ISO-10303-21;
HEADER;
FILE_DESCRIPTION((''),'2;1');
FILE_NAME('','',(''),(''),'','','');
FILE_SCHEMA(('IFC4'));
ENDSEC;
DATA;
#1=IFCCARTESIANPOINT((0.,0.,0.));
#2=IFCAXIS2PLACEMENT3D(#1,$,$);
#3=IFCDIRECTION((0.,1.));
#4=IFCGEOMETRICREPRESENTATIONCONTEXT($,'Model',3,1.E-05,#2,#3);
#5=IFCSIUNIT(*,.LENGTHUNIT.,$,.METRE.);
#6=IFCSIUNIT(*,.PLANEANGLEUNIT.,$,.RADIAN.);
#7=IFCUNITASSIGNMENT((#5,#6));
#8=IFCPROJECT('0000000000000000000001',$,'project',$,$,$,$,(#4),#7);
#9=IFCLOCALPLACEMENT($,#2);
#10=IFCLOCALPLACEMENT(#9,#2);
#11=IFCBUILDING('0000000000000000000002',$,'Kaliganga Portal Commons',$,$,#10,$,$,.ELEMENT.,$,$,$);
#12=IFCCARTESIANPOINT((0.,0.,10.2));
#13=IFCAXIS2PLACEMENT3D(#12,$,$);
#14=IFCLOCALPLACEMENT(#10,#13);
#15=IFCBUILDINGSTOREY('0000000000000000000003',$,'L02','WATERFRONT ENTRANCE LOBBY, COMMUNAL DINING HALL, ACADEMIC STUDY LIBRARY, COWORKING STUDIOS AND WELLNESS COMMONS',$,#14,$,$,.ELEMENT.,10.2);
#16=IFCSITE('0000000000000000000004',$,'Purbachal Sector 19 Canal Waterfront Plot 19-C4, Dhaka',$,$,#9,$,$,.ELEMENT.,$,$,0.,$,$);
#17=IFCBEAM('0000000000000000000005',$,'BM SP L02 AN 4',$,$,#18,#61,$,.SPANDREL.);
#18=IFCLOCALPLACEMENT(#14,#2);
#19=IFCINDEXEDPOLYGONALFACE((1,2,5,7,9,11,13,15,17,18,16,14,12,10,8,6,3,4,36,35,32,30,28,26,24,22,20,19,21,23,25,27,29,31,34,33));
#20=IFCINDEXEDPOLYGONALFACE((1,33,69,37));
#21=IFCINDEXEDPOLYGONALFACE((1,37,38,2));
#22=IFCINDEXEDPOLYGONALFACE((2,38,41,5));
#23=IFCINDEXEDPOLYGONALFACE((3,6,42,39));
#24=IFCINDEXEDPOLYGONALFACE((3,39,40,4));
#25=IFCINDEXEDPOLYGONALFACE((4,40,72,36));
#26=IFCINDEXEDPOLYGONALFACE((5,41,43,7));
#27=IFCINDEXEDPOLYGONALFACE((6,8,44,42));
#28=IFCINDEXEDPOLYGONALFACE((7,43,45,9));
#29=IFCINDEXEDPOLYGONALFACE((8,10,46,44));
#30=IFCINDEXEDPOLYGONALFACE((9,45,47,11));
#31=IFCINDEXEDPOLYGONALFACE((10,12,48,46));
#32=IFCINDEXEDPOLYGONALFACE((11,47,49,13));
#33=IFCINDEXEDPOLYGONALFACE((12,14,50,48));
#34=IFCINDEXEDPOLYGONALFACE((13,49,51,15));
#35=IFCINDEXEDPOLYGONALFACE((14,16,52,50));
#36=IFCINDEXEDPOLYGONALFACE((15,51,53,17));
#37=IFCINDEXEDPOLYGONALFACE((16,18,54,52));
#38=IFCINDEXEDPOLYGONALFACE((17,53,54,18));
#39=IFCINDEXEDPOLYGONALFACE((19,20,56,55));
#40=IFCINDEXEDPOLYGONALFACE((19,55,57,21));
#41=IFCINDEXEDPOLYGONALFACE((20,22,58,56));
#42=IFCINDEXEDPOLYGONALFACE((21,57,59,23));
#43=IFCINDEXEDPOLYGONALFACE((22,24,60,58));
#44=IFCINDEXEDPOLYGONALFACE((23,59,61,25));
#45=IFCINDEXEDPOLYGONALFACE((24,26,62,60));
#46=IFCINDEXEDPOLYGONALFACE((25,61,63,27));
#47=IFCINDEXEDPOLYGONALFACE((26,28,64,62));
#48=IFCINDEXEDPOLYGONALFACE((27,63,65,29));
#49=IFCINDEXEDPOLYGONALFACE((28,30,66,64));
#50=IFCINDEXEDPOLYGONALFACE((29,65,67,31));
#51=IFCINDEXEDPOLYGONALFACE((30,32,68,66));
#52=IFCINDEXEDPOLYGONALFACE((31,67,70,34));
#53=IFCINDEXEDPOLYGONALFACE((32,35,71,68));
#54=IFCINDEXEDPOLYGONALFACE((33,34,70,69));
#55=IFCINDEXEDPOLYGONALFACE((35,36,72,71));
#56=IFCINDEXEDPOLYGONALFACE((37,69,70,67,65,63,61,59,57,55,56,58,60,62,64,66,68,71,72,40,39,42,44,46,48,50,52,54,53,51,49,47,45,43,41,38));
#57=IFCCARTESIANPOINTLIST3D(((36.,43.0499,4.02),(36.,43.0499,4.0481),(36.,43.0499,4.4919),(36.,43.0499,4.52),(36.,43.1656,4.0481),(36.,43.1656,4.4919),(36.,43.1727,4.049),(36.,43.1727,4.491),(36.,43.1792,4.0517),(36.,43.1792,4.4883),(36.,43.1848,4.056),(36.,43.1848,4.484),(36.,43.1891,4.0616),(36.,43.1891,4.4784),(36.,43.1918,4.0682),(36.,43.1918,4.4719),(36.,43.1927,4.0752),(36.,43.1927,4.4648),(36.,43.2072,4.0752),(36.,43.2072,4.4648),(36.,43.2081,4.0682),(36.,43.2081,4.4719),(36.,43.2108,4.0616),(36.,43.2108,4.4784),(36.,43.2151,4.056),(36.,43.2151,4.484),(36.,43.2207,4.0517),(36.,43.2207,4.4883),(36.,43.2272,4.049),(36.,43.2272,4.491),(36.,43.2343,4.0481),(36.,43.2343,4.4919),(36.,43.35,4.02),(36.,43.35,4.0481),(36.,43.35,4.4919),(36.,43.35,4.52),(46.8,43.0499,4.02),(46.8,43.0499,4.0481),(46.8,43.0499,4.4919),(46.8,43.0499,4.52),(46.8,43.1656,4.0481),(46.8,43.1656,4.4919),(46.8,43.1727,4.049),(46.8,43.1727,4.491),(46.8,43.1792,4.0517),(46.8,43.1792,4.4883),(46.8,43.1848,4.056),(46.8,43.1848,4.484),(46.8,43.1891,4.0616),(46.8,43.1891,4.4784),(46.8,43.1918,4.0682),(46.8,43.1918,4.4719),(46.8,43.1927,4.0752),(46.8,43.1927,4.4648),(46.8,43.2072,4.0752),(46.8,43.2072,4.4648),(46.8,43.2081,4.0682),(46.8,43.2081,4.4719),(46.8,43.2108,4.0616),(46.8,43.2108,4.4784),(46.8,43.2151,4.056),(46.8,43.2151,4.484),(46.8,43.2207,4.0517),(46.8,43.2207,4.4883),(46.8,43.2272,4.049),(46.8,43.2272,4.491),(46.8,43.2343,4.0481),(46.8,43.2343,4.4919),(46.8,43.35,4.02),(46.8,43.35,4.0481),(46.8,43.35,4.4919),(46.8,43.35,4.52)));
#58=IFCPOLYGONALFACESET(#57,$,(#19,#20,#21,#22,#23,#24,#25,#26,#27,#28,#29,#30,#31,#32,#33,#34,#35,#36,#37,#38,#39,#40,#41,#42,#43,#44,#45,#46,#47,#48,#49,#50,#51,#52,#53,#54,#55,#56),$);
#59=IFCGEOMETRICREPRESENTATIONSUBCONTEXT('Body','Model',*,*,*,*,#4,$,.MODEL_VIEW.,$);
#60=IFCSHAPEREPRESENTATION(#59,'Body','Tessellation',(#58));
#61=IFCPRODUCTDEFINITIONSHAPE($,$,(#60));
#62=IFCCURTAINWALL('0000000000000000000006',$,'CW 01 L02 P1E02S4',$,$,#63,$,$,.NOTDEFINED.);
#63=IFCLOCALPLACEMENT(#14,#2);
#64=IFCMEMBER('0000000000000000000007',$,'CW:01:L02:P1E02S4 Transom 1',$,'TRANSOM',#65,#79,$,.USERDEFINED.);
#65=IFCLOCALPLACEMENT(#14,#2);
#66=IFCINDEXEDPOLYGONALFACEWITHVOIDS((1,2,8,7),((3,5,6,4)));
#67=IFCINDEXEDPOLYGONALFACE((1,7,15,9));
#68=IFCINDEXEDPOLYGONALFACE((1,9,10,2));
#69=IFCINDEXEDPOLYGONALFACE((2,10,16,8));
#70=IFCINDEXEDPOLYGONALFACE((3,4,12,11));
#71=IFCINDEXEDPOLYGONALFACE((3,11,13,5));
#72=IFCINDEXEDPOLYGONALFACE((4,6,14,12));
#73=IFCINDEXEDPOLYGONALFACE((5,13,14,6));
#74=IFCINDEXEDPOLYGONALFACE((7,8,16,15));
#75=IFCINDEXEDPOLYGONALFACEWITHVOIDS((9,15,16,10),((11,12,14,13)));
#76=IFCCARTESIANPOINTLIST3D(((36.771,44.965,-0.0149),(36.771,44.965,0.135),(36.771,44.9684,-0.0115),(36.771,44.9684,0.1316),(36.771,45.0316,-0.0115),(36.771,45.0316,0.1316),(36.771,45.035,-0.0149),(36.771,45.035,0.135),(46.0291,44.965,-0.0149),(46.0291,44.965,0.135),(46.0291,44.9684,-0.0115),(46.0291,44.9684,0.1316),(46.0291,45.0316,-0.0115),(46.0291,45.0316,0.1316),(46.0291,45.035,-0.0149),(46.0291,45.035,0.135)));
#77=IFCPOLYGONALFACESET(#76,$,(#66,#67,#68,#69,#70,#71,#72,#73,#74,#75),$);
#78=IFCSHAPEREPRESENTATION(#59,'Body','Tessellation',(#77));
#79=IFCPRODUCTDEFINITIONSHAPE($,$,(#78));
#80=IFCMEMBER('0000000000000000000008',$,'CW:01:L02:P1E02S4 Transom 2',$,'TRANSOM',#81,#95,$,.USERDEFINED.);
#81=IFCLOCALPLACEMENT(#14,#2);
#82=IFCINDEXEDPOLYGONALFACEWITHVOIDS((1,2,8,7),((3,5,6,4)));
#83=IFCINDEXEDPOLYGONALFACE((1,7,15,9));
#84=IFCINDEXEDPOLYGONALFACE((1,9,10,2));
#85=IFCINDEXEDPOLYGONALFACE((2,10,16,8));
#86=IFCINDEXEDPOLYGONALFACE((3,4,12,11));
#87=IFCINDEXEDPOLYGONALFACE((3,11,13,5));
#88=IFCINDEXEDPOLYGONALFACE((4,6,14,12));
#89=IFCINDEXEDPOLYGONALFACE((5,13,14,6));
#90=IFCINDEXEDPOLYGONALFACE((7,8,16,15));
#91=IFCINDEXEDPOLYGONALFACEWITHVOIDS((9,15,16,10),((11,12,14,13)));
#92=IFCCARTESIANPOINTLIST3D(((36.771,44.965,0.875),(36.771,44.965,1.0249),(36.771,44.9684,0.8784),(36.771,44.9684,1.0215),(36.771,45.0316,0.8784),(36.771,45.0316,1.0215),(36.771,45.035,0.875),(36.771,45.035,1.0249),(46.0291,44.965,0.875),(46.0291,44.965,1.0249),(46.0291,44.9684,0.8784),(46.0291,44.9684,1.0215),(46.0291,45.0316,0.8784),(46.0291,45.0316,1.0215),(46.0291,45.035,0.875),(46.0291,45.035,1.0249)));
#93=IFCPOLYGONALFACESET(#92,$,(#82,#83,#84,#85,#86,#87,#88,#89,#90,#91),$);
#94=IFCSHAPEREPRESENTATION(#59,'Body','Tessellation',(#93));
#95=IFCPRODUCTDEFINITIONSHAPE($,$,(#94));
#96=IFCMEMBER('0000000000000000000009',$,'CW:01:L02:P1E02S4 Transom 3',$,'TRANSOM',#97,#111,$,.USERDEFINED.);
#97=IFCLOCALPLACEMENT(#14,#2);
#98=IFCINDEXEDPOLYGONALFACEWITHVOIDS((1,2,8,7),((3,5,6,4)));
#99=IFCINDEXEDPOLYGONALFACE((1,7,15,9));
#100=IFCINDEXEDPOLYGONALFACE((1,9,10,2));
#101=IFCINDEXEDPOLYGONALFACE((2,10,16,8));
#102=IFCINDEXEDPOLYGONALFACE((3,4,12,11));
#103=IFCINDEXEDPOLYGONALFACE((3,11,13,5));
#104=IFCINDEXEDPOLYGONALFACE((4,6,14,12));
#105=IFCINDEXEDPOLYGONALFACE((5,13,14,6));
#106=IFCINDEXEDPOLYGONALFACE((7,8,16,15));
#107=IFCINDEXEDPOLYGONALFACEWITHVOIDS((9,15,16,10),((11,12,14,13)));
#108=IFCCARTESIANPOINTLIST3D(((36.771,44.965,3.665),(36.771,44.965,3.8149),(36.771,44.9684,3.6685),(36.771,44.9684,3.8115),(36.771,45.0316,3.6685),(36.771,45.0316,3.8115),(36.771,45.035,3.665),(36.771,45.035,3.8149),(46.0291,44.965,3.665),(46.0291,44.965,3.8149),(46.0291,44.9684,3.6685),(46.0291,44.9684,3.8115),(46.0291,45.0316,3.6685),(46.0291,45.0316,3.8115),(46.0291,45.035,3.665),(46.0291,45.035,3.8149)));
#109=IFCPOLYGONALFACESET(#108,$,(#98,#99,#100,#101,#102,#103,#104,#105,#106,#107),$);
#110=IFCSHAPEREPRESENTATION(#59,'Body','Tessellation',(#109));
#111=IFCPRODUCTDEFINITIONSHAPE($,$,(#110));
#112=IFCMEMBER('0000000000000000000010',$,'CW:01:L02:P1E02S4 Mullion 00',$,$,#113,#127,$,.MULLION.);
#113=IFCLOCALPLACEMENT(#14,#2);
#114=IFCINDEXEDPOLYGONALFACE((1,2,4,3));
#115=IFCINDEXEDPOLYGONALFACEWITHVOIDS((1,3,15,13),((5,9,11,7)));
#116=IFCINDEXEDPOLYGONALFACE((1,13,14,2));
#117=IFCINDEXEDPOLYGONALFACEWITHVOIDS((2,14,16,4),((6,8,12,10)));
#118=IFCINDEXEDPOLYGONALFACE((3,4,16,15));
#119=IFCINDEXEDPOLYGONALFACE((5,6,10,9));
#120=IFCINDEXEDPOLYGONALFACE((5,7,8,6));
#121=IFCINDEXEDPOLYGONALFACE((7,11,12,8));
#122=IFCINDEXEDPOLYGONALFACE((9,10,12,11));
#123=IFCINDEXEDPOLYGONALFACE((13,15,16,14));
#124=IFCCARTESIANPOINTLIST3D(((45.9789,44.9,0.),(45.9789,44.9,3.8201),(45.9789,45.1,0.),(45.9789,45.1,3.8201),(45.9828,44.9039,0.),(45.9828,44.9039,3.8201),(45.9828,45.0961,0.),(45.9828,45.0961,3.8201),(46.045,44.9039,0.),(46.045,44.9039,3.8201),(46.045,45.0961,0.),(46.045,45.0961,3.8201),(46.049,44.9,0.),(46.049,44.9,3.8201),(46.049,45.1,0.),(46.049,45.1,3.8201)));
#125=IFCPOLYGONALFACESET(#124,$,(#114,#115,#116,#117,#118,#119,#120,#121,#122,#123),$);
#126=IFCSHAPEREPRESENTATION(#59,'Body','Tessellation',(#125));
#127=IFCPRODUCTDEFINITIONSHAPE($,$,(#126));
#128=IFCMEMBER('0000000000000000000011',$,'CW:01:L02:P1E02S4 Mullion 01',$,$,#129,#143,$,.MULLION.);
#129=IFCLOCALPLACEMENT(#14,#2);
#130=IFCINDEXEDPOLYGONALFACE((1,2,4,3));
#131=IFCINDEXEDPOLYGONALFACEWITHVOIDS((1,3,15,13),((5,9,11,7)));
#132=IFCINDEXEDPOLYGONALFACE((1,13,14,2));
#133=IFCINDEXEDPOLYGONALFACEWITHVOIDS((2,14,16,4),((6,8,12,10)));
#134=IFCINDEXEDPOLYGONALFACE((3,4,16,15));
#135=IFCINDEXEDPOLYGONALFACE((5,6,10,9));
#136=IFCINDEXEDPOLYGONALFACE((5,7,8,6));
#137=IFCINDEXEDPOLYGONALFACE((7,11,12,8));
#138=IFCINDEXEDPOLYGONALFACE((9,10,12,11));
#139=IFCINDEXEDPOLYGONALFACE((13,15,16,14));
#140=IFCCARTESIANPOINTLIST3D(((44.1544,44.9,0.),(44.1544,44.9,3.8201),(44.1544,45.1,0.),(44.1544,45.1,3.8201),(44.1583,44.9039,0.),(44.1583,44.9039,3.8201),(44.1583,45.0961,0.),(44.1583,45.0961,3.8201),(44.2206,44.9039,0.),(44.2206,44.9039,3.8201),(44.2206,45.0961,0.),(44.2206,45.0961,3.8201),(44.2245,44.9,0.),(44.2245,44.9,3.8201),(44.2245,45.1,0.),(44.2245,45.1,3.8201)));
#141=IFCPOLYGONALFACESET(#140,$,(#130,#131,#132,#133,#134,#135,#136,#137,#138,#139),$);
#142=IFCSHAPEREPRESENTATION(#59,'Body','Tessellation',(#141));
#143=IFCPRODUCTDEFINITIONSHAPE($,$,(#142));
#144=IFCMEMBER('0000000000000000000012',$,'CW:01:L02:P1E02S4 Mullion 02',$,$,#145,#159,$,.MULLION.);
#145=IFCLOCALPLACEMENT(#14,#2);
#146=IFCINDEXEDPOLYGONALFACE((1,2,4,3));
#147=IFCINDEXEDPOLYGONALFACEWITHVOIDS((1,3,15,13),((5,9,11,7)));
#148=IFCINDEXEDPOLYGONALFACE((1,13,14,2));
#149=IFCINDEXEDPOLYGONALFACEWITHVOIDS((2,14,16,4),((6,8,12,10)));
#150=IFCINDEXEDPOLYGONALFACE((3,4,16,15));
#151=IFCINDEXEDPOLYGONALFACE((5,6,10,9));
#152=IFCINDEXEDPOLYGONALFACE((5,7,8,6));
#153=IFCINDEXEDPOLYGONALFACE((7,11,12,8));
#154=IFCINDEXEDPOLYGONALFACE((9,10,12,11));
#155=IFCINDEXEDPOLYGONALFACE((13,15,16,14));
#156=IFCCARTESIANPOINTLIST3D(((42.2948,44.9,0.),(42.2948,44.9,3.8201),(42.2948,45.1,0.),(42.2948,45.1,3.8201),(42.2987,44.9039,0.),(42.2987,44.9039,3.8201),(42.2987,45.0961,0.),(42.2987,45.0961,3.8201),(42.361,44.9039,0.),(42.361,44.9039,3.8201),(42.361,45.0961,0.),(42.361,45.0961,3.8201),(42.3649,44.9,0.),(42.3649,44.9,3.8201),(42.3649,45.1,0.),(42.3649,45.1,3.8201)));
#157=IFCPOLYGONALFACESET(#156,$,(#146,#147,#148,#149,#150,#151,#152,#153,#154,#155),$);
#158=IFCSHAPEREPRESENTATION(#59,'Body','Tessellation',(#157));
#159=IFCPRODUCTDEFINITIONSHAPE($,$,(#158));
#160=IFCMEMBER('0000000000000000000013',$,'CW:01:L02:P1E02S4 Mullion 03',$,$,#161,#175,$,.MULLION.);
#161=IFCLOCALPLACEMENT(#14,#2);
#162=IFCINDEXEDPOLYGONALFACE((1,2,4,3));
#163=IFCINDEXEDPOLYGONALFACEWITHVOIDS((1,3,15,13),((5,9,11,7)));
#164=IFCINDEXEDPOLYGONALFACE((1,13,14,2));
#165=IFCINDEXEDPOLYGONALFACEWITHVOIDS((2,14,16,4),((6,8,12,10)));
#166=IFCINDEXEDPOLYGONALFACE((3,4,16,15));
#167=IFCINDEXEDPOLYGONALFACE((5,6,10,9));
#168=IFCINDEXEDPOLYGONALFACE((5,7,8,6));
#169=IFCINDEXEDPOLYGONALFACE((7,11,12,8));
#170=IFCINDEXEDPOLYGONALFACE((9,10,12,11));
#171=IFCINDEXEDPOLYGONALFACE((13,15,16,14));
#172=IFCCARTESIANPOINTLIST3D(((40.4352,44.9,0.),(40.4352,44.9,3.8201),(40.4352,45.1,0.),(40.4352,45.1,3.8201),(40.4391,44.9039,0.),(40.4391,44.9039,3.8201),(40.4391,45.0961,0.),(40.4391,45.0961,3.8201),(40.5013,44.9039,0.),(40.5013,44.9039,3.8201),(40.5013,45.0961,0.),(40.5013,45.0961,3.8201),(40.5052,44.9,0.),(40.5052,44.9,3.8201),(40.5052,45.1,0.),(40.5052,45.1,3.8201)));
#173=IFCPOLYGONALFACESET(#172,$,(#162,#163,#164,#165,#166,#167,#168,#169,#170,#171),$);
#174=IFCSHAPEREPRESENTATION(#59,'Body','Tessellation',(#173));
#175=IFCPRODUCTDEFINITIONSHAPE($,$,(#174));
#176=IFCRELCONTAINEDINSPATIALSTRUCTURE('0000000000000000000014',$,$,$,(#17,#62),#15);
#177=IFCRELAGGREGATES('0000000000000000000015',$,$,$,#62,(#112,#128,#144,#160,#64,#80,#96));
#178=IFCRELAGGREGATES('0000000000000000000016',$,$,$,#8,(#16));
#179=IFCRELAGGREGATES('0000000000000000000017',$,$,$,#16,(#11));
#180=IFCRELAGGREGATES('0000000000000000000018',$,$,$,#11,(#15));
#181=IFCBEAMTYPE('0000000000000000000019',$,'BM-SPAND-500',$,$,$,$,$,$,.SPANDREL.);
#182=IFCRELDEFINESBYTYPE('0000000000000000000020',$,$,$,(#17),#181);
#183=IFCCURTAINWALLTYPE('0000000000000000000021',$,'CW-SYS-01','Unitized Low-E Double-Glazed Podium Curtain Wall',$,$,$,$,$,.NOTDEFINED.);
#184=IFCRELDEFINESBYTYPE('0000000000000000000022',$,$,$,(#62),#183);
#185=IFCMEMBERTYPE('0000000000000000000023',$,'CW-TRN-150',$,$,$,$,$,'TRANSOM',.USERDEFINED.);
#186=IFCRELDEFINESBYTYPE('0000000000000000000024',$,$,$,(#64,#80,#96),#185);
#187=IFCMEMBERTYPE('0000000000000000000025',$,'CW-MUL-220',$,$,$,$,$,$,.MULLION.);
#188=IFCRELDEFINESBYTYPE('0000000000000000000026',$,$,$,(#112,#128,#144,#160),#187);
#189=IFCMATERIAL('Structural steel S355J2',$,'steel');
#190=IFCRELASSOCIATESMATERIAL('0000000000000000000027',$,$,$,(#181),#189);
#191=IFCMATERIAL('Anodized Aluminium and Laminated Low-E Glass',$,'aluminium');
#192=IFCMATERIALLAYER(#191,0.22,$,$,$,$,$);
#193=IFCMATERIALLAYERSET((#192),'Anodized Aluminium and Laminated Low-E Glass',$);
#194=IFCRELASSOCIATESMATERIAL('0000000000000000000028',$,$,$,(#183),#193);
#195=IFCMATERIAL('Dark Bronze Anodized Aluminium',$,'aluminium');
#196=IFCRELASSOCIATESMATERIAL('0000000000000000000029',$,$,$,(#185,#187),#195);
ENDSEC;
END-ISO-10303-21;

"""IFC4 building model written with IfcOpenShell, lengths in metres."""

from ifc_helpers import new_model, si_unit, direction, frame, origin, origin_2d, place, context, subcontext, project, spatial, hollow_rectangle, i_section, extrude, source, transform, mapped, material, layer, layer_set, material_profile, profile_set, type_object, element, aggregate, save


model = new_model("IFC4")

# Units and contexts
model_context = context("Model", 3, precision=1e-05, world=origin(), true_north=direction((0.0, 1.0)))
body_context = subcontext(model_context, "Body", "Model", "MODEL_VIEW")
ifc_project = project(units=[si_unit("LENGTHUNIT", "METRE"), si_unit("PLANEANGLEUNIT", "RADIAN")], contexts=[model_context])

# Site, building, storey
site_placement = place(None, origin())
site = spatial("IfcSite", under=ifc_project, at=site_placement, Name="Purbachal Sector 19 Canal Waterfront Plot 19-C4, Dhaka", CompositionType="ELEMENT", RefElevation=0.0)
building_placement = place(site_placement, origin())
building = spatial("IfcBuilding", under=site, at=building_placement, Name="Kaliganga Portal Commons", CompositionType="ELEMENT")
storey_placement = place(building_placement, frame((0.0, 0.0, 10.2)))
storey = spatial("IfcBuildingStorey", under=building, at=storey_placement, Name="L02", Description="WATERFRONT ENTRANCE LOBBY, COMMUNAL DINING HALL, ACADEMIC STUDY LIBRARY, COWORKING STUDIOS AND WELLNESS COMMONS", CompositionType="ELEMENT", Elevation=10.2)

# Beam
ifc_material_1 = material(Name="Structural steel S355J2", Category="steel")
ifc_material_profile_1 = material_profile(ifc_material_1, i_section(OverallWidth=0.3, OverallDepth=0.5, WebThickness=0.0144, FlangeThickness=0.0281, FilletRadius=0.0271, at=origin_2d()), Name="HE 500 B")
ifc_profile_set_1 = profile_set([ifc_material_profile_1], Name="Structural steel S355J2 wide-flange")
beam_type_1 = type_object("IfcBeamType", Name="BM-SPAND-500", PredefinedType="SPANDREL", material=ifc_profile_set_1)
shared_shape_1 = source(origin(), body_context, "Body", "SweptSolid", [
    extrude(i_section(OverallWidth=0.3, OverallDepth=0.5, WebThickness=0.0144, FlangeThickness=0.0281, FilletRadius=0.0271, at=origin_2d()), origin(), (0.0, 0.0, 1.0), 10.8),
])
beam_1_placement = place(storey_placement, frame((36.0, 43.2, 4.27), z_axis=(1.0, 0.0, 0.0), x_axis=(0.0, 1.0, 0.0)))
element("IfcBeam", 1, at=beam_1_placement, inside=storey, type_object=beam_type_1, Name="BM SP L02 AN 4", PredefinedType="SPANDREL", context=body_context, shape_type="MappedRepresentation", body=[
    mapped(shared_shape_1, transform((0.0, 0.0, 0.0), x_axis=(1.0, 0.0, 0.0), y_axis=(0.0, 1.0, 0.0), z_axis=(0.0, 0.0, 1.0), scale=1.0)),
])

# Curtain wall, members
ifc_material_2 = material(Name="Anodized Aluminium and Laminated Low-E Glass", Category="aluminium")
ifc_layer_1 = layer(ifc_material_2, 0.22)
ifc_layer_set_1 = layer_set([ifc_layer_1], Name="Anodized Aluminium and Laminated Low-E Glass")
curtain_wall_type = type_object("IfcCurtainWallType", Name="CW-SYS-01", Description="Unitized Low-E Double-Glazed Podium Curtain Wall", PredefinedType="NOTDEFINED", material=ifc_layer_set_1)
curtain_wall_placement = place(storey_placement, origin())
curtain_wall = element("IfcCurtainWall", 2, at=curtain_wall_placement, inside=storey, type_object=curtain_wall_type, Name="CW 01 L02 P1E02S4", PredefinedType="NOTDEFINED")
ifc_material_3 = material(Name="Dark Bronze Anodized Aluminium", Category="aluminium")
ifc_material_profile_2 = material_profile(ifc_material_3, hollow_rectangle(XDim=0.0701, YDim=0.1499, WallThickness=0.0034, at=origin_2d()), Name="ALU TRAN 70x150x3.5")
ifc_profile_set_2 = profile_set([ifc_material_profile_2], Name="Dark Bronze Anodized Aluminium")
member_type_1 = type_object("IfcMemberType", Name="CW-TRN-150", ElementType="TRANSOM", PredefinedType="USERDEFINED", material=ifc_profile_set_2)
shared_shape_2 = source(origin(), body_context, "Body", "SweptSolid", [
    extrude(hollow_rectangle(XDim=0.0701, YDim=0.1499, WallThickness=0.0034, at=origin_2d()), origin(), (0.0, 0.0, 1.0), 9.2581),
])
member_1_placement = place(storey_placement, frame((46.0291, 45.0, 0.0601), z_axis=(-1.0, 0.0, 0.0), x_axis=(0.0, -1.0, 0.0)))
member_1 = element("IfcMember", 3, at=member_1_placement, type_object=member_type_1, Name="CW:01:L02:P1E02S4 Transom 1", ObjectType="TRANSOM", PredefinedType="USERDEFINED", context=body_context, shape_type="MappedRepresentation", body=[
    mapped(shared_shape_2, transform((0.0, 0.0, 0.0), x_axis=(1.0, 0.0, 0.0), y_axis=(0.0, 1.0, 0.0), z_axis=(0.0, 0.0, 1.0), scale=1.0)),
])
member_2_placement = place(storey_placement, frame((46.0291, 45.0, 0.95), z_axis=(-1.0, 0.0, 0.0), x_axis=(0.0, -1.0, 0.0)))
member_2 = element("IfcMember", 4, at=member_2_placement, type_object=member_type_1, Name="CW:01:L02:P1E02S4 Transom 2", ObjectType="TRANSOM", PredefinedType="USERDEFINED", context=body_context, shape_type="MappedRepresentation", body=[
    mapped(shared_shape_2, transform((0.0, 0.0, 0.0), x_axis=(1.0, 0.0, 0.0), y_axis=(0.0, 1.0, 0.0), z_axis=(0.0, 0.0, 1.0), scale=1.0)),
])
member_3_placement = place(storey_placement, frame((46.0291, 45.0, 3.74), z_axis=(-1.0, 0.0, 0.0), x_axis=(0.0, -1.0, 0.0)))
member_3 = element("IfcMember", 5, at=member_3_placement, type_object=member_type_1, Name="CW:01:L02:P1E02S4 Transom 3", ObjectType="TRANSOM", PredefinedType="USERDEFINED", context=body_context, shape_type="MappedRepresentation", body=[
    mapped(shared_shape_2, transform((0.0, 0.0, 0.0), x_axis=(1.0, 0.0, 0.0), y_axis=(0.0, 1.0, 0.0), z_axis=(0.0, 0.0, 1.0), scale=1.0)),
])
ifc_material_profile_3 = material_profile(ifc_material_3, hollow_rectangle(XDim=0.0701, YDim=0.2, WallThickness=0.0039, at=origin_2d()), Name="ALU MULL 70x200x4")
ifc_profile_set_3 = profile_set([ifc_material_profile_3], Name="Dark Bronze Anodized Aluminium")
member_type_2 = type_object("IfcMemberType", Name="CW-MUL-220", PredefinedType="MULLION", material=ifc_profile_set_3)
shared_shape_3 = source(origin(), body_context, "Body", "SweptSolid", [
    extrude(hollow_rectangle(XDim=0.0701, YDim=0.2, WallThickness=0.0039, at=origin_2d()), origin(), (0.0, 0.0, 1.0), 3.8201),
])
member_4_placement = place(storey_placement, frame((46.0139, 45.0, 0.0), z_axis=(0.0, 0.0, 1.0), x_axis=(-1.0, 0.0, 0.0)))
member_4 = element("IfcMember", 6, at=member_4_placement, type_object=member_type_2, Name="CW:01:L02:P1E02S4 Mullion 00", PredefinedType="MULLION", context=body_context, shape_type="MappedRepresentation", body=[
    mapped(shared_shape_3, transform((0.0, 0.0, 0.0), x_axis=(1.0, 0.0, 0.0), y_axis=(0.0, 1.0, 0.0), z_axis=(0.0, 0.0, 1.0), scale=1.0)),
])
member_5_placement = place(storey_placement, frame((44.1895, 45.0, 0.0), z_axis=(0.0, 0.0, 1.0), x_axis=(-1.0, 0.0, 0.0)))
member_5 = element("IfcMember", 7, at=member_5_placement, type_object=member_type_2, Name="CW:01:L02:P1E02S4 Mullion 01", PredefinedType="MULLION", context=body_context, shape_type="MappedRepresentation", body=[
    mapped(shared_shape_3, transform((0.0, 0.0, 0.0), x_axis=(1.0, 0.0, 0.0), y_axis=(0.0, 1.0, 0.0), z_axis=(0.0, 0.0, 1.0), scale=1.0)),
])
member_6_placement = place(storey_placement, frame((42.3298, 45.0, 0.0), z_axis=(0.0, 0.0, 1.0), x_axis=(-1.0, 0.0, 0.0)))
member_6 = element("IfcMember", 8, at=member_6_placement, type_object=member_type_2, Name="CW:01:L02:P1E02S4 Mullion 02", PredefinedType="MULLION", context=body_context, shape_type="MappedRepresentation", body=[
    mapped(shared_shape_3, transform((0.0, 0.0, 0.0), x_axis=(1.0, 0.0, 0.0), y_axis=(0.0, 1.0, 0.0), z_axis=(0.0, 0.0, 1.0), scale=1.0)),
])
member_7_placement = place(storey_placement, frame((40.4702, 45.0, 0.0), z_axis=(0.0, 0.0, 1.0), x_axis=(-1.0, 0.0, 0.0)))
member_7 = element("IfcMember", 9, at=member_7_placement, type_object=member_type_2, Name="CW:01:L02:P1E02S4 Mullion 03", PredefinedType="MULLION", context=body_context, shape_type="MappedRepresentation", body=[
    mapped(shared_shape_3, transform((0.0, 0.0, 0.0), x_axis=(1.0, 0.0, 0.0), y_axis=(0.0, 1.0, 0.0), z_axis=(0.0, 0.0, 1.0), scale=1.0)),
])
aggregate(curtain_wall, [member_4, member_5, member_6, member_7, member_1, member_2, member_3])

save(model, "model.ifc")
